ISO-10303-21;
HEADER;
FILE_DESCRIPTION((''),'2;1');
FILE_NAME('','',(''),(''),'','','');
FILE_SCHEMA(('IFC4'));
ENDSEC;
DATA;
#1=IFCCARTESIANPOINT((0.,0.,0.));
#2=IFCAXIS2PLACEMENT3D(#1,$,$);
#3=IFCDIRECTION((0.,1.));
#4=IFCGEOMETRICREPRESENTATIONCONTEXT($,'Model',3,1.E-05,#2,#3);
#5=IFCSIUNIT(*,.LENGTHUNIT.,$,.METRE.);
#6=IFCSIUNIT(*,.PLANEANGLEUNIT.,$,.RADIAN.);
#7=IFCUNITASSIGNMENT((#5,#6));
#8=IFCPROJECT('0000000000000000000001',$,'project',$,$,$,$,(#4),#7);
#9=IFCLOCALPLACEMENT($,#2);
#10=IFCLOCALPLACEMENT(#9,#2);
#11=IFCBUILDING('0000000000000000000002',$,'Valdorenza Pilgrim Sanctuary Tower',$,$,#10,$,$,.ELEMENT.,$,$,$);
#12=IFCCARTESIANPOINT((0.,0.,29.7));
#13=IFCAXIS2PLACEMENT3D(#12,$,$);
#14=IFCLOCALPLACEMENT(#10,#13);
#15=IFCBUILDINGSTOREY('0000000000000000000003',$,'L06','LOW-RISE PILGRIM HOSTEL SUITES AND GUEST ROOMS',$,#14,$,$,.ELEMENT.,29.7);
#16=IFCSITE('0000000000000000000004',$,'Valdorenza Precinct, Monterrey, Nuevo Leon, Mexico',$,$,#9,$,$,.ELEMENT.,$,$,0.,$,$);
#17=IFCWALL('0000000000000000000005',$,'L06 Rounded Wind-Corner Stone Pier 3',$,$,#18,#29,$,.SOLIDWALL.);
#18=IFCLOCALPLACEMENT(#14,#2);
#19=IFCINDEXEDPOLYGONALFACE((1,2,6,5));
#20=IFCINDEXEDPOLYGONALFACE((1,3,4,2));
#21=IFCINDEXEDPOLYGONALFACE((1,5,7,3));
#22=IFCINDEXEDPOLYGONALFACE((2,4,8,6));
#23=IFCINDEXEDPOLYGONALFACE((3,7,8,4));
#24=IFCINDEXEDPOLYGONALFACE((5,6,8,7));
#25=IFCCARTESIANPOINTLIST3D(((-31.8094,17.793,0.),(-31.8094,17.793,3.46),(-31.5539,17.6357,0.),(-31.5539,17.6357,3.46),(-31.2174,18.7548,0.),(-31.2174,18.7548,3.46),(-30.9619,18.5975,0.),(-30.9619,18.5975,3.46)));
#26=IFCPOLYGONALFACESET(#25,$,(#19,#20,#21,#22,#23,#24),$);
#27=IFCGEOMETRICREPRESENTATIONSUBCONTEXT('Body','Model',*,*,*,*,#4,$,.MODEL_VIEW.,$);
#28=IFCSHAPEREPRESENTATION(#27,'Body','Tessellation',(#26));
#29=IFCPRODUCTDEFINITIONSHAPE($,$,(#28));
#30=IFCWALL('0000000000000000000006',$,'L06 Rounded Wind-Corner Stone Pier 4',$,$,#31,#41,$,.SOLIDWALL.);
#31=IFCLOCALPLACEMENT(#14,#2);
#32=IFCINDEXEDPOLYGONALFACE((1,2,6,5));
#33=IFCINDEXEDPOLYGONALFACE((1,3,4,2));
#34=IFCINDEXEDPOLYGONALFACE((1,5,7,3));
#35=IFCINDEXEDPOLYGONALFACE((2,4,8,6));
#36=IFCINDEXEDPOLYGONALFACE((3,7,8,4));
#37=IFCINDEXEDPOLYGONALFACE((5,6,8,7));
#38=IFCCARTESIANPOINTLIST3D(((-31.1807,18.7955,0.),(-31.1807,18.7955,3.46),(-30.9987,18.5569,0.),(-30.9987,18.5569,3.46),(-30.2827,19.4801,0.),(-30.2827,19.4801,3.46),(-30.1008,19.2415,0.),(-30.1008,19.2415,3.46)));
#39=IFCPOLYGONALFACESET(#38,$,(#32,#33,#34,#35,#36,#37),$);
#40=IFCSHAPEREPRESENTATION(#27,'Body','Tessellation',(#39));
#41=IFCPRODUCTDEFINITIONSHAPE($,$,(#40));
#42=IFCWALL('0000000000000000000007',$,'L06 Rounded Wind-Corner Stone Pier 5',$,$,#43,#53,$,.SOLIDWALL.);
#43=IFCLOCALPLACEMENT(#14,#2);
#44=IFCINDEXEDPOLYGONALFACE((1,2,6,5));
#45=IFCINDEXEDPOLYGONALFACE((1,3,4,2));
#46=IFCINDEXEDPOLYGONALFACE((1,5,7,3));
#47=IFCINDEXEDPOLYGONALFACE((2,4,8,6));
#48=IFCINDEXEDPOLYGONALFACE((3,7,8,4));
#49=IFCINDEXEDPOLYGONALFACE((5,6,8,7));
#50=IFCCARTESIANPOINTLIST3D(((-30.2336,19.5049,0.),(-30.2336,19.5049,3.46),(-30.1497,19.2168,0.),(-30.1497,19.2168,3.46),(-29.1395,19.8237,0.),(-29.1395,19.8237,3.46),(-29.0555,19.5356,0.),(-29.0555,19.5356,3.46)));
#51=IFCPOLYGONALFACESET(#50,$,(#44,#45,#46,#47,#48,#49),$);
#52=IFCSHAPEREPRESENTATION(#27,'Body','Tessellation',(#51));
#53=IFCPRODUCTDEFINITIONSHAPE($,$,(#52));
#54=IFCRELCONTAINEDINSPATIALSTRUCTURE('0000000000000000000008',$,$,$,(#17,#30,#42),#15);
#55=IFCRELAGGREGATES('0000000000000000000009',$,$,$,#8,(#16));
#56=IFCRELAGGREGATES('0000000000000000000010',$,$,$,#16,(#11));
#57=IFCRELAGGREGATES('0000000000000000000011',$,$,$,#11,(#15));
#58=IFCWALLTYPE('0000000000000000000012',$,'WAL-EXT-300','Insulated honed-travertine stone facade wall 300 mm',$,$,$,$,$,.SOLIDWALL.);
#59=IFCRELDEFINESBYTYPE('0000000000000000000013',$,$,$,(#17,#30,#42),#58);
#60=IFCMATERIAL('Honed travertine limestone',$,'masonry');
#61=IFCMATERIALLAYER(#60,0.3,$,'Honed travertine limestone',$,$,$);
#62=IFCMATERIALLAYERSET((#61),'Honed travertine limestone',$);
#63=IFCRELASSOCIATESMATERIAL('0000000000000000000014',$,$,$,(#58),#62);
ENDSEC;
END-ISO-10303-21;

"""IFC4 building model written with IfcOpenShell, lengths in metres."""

from ifc_helpers import new_model, si_unit, direction, frame, frame_2d, origin, place, context, subcontext, project, spatial, rectangle, extrude, material, layer, layer_set, type_object, element, save


model = new_model("IFC4")

# Units and contexts
model_context = context("Model", 3, precision=1e-05, world=origin(), true_north=direction((0.0, 1.0)))
body_context = subcontext(model_context, "Body", "Model", "MODEL_VIEW")
ifc_project = project(units=[si_unit("LENGTHUNIT", "METRE"), si_unit("PLANEANGLEUNIT", "RADIAN")], contexts=[model_context])

# Site, building, storey
site_placement = place(None, origin())
site = spatial("IfcSite", under=ifc_project, at=site_placement, Name="Valdorenza Precinct, Monterrey, Nuevo Leon, Mexico", CompositionType="ELEMENT", RefElevation=0.0)
building_placement = place(site_placement, origin())
building = spatial("IfcBuilding", under=site, at=building_placement, Name="Valdorenza Pilgrim Sanctuary Tower", CompositionType="ELEMENT")
storey_placement = place(building_placement, frame((0.0, 0.0, 29.7)))
storey = spatial("IfcBuildingStorey", under=building, at=storey_placement, Name="L06", Description="LOW-RISE PILGRIM HOSTEL SUITES AND GUEST ROOMS", CompositionType="ELEMENT", Elevation=29.7)

# Shared definitions
ifc_material_1 = material(Name="Honed travertine limestone", Category="masonry")

# Walls
ifc_layer_1 = layer(ifc_material_1, 0.3, Name="Honed travertine limestone")
ifc_layer_set_1 = layer_set([ifc_layer_1], Name="Honed travertine limestone")
wall_type_1 = type_object("IfcWallType", Name="WAL-EXT-300", Description="Insulated honed-travertine stone facade wall 300 mm", PredefinedType="SOLIDWALL", material=ifc_layer_set_1)
wall_1_placement = place(storey_placement, frame((-31.6816, 17.7144, 0.0), z_axis=(0.0, 0.0, 1.0), x_axis=(0.524158, 0.851621, 0.0)))
element("IfcWall", 1, at=wall_1_placement, inside=storey, type_object=wall_type_1, Name="L06 Rounded Wind-Corner Stone Pier 3", PredefinedType="SOLIDWALL", context=body_context, shape_type="SweptSolid", body=[
    extrude(rectangle(XDim=1.1294, YDim=0.3, at=frame_2d((0.5647, 0.0))), origin(), (0.0, 0.0, 1.0), 3.46),
])
wall_2_placement = place(storey_placement, frame((-31.0896, 18.6763, 0.0), z_axis=(0.0, 0.0, 1.0), x_axis=(0.795253, 0.606278, 0.0)))
element("IfcWall", 2, at=wall_2_placement, inside=storey, type_object=wall_type_1, Name="L06 Rounded Wind-Corner Stone Pier 4", PredefinedType="SOLIDWALL", context=body_context, shape_type="SweptSolid", body=[
    extrude(rectangle(XDim=1.1292, YDim=0.3, at=frame_2d((0.5645, 0.0))), origin(), (0.0, 0.0, 1.0), 3.46),
])
wall_3_placement = place(storey_placement, frame((-30.1917, 19.3608, 0.0), z_axis=(0.0, 0.0, 1.0), x_axis=(0.960072, 0.279753, 0.0)))
element("IfcWall", 3, at=wall_3_placement, inside=storey, type_object=wall_type_1, Name="L06 Rounded Wind-Corner Stone Pier 5", PredefinedType="SOLIDWALL", context=body_context, shape_type="SweptSolid", body=[
    extrude(rectangle(XDim=1.1396, YDim=0.3, at=frame_2d((0.5698, 0.0))), origin(), (0.0, 0.0, 1.0), 3.46),
])

save(model, "model.ifc")
